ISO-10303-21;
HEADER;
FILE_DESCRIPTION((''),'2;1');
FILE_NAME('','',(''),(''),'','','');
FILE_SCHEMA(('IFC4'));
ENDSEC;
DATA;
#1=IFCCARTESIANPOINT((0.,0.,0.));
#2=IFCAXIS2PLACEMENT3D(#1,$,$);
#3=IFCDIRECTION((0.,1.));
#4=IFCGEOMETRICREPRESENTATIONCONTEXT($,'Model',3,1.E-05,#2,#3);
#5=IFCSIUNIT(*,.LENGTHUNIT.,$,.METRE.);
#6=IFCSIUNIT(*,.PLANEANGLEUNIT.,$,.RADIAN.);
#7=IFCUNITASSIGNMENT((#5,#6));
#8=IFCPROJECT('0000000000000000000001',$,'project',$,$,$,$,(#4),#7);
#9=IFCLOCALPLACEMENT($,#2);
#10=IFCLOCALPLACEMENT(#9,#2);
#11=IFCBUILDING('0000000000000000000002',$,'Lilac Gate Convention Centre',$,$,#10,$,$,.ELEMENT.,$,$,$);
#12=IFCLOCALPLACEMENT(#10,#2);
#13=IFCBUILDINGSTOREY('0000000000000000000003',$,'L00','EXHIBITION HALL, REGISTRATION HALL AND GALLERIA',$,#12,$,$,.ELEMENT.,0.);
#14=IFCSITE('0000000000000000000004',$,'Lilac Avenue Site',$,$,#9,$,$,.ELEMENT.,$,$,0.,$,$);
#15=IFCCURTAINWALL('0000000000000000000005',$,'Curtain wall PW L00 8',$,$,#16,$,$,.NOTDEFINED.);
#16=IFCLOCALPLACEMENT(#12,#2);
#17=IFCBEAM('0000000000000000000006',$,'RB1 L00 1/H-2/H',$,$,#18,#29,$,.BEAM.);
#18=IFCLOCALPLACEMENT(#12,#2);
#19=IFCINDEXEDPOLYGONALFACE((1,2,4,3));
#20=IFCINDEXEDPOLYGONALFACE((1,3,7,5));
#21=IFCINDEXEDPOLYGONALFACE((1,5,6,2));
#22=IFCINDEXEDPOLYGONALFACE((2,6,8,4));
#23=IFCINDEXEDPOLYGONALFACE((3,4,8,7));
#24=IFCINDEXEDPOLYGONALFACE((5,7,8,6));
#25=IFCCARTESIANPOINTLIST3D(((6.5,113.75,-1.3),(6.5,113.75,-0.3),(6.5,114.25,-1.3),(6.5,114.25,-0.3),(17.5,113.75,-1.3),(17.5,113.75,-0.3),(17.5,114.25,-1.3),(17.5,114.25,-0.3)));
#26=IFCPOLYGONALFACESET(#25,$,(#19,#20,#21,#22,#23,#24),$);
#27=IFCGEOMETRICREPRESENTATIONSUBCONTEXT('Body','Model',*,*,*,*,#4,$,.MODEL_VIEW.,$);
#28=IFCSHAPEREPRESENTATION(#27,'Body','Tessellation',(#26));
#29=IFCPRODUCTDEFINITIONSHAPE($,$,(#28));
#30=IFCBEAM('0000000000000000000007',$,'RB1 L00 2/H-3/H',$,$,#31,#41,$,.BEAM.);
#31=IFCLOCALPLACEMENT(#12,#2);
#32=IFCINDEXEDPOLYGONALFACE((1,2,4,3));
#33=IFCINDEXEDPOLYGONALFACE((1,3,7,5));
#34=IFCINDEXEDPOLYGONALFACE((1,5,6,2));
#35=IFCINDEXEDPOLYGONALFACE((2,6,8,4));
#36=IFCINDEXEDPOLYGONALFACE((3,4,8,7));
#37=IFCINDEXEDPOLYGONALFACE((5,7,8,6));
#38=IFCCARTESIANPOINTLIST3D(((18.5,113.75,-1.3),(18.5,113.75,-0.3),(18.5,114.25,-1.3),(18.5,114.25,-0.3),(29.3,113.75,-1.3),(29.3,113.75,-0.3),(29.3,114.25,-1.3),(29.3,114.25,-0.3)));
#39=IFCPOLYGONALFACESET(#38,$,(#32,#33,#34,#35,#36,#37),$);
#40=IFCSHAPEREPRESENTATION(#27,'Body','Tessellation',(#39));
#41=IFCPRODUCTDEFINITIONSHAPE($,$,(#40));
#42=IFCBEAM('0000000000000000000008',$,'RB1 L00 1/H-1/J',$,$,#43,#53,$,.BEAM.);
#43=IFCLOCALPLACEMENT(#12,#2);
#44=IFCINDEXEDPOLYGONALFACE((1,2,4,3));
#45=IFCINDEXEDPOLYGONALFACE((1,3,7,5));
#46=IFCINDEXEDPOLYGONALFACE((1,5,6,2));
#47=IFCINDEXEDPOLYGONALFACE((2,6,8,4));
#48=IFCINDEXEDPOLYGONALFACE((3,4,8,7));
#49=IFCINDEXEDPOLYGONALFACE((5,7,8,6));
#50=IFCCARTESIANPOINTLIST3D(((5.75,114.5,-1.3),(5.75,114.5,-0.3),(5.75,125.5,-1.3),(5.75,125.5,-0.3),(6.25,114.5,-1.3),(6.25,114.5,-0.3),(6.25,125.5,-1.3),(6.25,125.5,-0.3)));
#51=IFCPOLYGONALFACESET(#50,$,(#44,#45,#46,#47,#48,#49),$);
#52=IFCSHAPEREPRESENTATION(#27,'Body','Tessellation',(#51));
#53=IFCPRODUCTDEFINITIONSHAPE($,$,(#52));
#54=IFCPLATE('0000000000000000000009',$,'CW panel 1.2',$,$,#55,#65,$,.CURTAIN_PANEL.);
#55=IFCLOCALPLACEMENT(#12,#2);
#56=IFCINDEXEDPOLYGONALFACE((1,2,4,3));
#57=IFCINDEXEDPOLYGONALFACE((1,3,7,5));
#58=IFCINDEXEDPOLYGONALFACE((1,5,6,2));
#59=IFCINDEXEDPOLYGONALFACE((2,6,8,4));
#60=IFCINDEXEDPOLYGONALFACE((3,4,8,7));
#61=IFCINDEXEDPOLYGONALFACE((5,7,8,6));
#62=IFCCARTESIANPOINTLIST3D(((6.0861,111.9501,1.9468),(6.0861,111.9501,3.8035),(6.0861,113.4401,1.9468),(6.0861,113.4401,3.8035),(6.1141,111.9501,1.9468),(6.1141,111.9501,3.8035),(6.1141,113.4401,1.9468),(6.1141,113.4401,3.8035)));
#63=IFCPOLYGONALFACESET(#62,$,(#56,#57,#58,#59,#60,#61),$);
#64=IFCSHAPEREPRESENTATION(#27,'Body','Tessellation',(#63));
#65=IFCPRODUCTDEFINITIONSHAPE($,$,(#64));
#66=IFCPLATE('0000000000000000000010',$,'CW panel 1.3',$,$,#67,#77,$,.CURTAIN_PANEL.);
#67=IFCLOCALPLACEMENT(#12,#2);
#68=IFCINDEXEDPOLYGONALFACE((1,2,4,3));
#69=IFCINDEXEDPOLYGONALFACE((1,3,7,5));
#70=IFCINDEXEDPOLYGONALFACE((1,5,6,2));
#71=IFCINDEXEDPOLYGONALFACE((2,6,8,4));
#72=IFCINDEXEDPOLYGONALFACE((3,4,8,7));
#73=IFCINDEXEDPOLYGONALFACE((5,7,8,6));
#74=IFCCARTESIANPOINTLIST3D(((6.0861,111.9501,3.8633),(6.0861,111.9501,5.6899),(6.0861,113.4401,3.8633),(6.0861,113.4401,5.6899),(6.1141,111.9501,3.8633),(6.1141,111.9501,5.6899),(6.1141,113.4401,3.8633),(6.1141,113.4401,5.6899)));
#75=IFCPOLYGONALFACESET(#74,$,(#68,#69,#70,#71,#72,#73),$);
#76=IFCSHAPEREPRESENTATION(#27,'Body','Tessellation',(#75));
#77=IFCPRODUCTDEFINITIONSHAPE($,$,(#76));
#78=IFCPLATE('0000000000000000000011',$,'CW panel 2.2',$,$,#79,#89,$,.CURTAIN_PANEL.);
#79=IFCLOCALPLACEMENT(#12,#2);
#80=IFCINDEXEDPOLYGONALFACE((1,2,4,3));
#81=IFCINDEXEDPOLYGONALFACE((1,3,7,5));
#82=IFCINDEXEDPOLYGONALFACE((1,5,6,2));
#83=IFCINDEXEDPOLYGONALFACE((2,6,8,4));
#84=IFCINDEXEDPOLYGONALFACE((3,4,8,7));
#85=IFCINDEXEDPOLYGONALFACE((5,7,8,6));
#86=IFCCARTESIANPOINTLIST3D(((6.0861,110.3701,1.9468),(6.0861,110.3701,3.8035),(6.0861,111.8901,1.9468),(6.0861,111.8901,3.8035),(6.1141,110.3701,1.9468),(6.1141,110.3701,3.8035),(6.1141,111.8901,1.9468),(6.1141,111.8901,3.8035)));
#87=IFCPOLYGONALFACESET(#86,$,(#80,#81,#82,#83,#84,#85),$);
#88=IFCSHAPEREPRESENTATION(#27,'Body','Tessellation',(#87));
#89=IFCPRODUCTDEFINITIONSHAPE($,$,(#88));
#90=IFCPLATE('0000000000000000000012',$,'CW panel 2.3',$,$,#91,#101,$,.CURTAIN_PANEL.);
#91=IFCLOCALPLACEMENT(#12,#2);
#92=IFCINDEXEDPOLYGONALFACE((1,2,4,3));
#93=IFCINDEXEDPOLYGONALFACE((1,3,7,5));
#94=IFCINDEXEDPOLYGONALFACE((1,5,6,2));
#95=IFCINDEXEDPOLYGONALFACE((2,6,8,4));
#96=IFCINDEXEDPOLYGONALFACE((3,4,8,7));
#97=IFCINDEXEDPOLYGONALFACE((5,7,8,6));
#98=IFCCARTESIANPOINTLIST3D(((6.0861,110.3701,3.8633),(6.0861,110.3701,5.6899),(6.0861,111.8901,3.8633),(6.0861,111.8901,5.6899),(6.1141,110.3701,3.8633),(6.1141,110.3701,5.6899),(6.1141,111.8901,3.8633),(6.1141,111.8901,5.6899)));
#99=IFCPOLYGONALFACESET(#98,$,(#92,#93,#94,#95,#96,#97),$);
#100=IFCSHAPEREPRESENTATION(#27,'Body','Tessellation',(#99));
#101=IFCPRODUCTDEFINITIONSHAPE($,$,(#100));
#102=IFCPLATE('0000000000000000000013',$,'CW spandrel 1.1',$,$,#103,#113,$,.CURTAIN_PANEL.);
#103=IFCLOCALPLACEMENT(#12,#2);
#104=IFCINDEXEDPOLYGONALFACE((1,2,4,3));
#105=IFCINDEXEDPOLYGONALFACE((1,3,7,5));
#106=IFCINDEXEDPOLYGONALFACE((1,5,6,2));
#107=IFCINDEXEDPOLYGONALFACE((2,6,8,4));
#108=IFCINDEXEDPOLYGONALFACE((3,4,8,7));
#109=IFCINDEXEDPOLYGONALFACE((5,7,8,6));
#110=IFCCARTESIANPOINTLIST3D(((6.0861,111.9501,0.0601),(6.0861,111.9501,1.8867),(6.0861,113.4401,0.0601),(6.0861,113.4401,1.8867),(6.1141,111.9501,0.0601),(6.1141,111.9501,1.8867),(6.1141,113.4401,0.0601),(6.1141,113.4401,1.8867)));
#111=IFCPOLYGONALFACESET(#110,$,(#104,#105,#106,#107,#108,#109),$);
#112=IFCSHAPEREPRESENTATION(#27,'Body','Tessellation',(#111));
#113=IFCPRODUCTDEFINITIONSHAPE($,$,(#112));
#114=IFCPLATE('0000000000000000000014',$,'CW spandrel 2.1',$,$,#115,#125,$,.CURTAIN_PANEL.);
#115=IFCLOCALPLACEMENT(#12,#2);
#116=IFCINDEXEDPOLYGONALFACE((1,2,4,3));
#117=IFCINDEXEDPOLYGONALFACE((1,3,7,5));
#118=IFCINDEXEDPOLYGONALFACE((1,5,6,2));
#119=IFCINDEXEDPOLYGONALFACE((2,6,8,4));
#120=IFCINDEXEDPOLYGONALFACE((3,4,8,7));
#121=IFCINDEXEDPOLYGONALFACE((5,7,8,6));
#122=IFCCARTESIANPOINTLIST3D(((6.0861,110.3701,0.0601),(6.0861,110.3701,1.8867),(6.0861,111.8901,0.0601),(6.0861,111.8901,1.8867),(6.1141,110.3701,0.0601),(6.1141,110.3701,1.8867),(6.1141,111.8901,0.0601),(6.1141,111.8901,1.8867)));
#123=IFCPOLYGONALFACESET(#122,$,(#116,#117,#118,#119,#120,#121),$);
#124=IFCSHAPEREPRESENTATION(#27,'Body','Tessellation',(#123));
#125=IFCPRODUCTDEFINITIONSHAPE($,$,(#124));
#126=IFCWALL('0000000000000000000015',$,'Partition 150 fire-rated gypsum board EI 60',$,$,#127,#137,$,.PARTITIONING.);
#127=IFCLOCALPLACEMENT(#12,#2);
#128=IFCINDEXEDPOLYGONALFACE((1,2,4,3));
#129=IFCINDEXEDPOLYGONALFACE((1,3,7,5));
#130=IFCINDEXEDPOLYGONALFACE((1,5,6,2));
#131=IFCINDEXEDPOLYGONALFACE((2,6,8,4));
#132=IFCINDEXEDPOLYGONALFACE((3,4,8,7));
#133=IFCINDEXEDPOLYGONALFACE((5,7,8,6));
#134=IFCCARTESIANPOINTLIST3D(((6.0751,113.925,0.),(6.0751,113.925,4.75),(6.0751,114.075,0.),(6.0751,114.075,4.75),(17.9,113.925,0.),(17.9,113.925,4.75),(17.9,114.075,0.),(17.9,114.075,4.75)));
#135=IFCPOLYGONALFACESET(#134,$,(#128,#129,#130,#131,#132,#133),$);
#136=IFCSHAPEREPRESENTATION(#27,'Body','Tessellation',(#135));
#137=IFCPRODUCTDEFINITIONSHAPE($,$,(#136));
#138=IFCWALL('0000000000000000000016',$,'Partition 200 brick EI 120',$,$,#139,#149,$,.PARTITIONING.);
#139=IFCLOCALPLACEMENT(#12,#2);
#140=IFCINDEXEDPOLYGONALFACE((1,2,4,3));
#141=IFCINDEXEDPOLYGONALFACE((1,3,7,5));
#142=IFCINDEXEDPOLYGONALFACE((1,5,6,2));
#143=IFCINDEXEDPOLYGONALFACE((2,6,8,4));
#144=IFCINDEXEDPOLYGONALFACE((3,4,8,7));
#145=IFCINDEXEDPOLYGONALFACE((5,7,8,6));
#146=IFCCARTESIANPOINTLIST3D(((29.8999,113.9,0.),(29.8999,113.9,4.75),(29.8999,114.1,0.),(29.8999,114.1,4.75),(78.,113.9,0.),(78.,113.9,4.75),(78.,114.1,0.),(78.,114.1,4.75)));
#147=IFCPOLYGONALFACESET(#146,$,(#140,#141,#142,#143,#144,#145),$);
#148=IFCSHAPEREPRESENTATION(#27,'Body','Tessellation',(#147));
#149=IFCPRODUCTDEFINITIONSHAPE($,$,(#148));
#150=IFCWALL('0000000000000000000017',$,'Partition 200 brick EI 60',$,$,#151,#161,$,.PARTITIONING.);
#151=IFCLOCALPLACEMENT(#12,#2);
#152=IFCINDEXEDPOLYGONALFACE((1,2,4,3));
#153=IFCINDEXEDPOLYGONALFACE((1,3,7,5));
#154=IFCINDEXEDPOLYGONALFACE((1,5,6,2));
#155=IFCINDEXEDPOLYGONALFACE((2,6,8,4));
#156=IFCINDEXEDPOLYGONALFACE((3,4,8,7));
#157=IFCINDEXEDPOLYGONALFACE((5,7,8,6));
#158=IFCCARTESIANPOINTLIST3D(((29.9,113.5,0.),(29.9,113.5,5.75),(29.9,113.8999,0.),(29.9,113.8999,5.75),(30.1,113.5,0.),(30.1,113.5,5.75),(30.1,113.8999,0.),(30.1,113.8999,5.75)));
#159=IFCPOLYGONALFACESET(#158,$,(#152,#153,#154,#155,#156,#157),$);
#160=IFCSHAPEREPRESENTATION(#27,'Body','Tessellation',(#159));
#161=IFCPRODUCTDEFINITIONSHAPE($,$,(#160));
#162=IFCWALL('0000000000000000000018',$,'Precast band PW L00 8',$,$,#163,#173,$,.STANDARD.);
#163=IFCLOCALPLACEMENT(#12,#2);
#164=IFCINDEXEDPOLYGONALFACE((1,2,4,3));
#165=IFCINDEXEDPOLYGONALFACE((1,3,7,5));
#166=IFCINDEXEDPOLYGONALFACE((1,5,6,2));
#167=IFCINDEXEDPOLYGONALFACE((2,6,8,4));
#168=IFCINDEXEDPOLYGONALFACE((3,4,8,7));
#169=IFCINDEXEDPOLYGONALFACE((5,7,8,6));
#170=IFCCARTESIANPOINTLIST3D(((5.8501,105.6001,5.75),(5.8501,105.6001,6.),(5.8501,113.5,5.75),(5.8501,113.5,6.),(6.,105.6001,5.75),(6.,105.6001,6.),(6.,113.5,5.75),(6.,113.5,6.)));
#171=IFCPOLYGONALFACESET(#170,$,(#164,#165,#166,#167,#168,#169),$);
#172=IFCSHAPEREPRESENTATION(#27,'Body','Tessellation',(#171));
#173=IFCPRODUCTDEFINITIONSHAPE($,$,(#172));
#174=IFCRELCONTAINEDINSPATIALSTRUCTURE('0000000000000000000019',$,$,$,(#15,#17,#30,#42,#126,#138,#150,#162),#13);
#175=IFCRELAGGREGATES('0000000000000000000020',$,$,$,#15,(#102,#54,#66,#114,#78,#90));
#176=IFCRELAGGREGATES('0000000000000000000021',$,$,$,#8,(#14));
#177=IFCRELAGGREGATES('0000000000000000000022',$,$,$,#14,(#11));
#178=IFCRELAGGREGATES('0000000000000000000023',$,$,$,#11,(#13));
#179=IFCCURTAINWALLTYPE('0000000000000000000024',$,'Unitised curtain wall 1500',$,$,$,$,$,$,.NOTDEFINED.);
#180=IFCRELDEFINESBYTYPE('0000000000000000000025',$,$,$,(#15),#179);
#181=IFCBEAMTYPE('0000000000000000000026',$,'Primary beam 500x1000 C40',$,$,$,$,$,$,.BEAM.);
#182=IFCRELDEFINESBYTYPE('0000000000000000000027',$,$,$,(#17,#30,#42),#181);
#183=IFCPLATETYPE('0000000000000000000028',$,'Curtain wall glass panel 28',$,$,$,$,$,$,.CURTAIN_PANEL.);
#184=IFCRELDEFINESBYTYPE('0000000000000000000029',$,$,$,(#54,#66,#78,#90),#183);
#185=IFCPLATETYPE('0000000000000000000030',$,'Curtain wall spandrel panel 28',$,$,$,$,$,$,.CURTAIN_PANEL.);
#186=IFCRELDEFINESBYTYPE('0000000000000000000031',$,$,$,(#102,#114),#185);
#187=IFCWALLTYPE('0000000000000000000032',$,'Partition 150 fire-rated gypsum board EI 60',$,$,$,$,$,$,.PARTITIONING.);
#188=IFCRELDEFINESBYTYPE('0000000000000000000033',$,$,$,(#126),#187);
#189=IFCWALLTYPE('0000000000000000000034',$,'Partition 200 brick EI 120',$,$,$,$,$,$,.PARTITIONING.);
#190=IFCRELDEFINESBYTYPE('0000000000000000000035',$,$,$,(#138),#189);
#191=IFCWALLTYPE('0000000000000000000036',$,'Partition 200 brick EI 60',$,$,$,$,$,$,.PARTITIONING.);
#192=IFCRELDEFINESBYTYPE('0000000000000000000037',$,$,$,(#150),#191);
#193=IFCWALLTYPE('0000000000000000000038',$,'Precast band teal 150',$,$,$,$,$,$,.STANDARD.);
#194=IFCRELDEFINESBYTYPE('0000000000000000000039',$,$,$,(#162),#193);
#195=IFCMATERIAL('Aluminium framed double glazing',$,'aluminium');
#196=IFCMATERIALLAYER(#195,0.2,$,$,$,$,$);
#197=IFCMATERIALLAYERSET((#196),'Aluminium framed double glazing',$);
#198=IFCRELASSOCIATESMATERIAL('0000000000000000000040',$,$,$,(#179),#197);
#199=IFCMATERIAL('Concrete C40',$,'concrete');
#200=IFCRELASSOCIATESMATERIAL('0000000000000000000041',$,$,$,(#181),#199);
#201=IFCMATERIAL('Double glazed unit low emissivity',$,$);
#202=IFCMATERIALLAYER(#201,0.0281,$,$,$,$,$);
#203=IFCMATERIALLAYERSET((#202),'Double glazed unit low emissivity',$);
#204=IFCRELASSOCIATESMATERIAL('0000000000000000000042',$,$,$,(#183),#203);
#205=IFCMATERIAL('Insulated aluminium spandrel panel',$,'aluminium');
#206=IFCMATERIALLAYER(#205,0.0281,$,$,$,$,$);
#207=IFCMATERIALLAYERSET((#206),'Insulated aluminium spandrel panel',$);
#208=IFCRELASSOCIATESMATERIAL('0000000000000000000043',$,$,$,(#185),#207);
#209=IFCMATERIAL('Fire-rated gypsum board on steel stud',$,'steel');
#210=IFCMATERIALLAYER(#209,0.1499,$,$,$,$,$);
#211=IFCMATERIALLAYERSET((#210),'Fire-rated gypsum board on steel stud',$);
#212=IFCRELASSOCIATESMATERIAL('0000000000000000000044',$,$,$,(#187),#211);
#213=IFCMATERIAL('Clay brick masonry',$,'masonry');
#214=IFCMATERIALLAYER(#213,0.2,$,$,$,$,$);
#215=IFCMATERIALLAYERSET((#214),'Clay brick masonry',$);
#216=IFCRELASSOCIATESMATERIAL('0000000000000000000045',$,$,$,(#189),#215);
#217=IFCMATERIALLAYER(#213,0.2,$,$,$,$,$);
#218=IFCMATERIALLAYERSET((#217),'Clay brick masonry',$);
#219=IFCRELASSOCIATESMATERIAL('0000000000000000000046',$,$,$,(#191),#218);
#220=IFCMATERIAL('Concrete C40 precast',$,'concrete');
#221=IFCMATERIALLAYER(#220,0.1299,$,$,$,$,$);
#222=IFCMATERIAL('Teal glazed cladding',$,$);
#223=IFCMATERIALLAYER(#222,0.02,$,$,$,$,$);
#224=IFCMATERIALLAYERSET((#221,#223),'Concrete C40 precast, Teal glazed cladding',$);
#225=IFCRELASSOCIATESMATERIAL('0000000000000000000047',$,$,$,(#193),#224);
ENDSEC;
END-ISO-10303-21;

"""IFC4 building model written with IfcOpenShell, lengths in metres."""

from ifc_helpers import new_model, si_unit, direction, frame, frame_2d, origin, origin_2d, place, context, subcontext, project, spatial, rectangle, extrude, material, layer, layer_set, material_profile, profile_set, type_object, element, aggregate, save


model = new_model("IFC4")

# Units and contexts
model_context = context("Model", 3, precision=1e-05, world=origin(), true_north=direction((0.0, 1.0)))
body_context = subcontext(model_context, "Body", "Model", "MODEL_VIEW")
ifc_project = project(units=[si_unit("LENGTHUNIT", "METRE"), si_unit("PLANEANGLEUNIT", "RADIAN")], contexts=[model_context])

# Site, building, storey
site_placement = place(None, origin())
site = spatial("IfcSite", under=ifc_project, at=site_placement, Name="Lilac Avenue Site", CompositionType="ELEMENT", RefElevation=0.0)
building_placement = place(site_placement, origin())
building = spatial("IfcBuilding", under=site, at=building_placement, Name="Lilac Gate Convention Centre", CompositionType="ELEMENT")
storey_placement = place(building_placement, origin())
storey = spatial("IfcBuildingStorey", under=building, at=storey_placement, Name="L00", Description="EXHIBITION HALL, REGISTRATION HALL AND GALLERIA", CompositionType="ELEMENT", Elevation=0.0)

# Shared definitions
ifc_material_1 = material(Name="Concrete C40", Category="concrete")

# Curtain wall
ifc_material_2 = material(Name="Aluminium framed double glazing", Category="aluminium")
ifc_layer_1 = layer(ifc_material_2, 0.2)
ifc_layer_set_1 = layer_set([ifc_layer_1], Name="Aluminium framed double glazing")
curtain_wall_type = type_object("IfcCurtainWallType", Name="Unitised curtain wall 1500", PredefinedType="NOTDEFINED", material=ifc_layer_set_1)
curtain_wall_placement = place(storey_placement, origin())
curtain_wall = element("IfcCurtainWall", 1, at=curtain_wall_placement, inside=storey, type_object=curtain_wall_type, Name="Curtain wall PW L00 8", PredefinedType="NOTDEFINED")

# Beams
ifc_material_profile_1 = material_profile(ifc_material_1, rectangle(XDim=0.5, YDim=1.0, at=origin_2d()), Name="RC 500x1000")
ifc_profile_set_1 = profile_set([ifc_material_profile_1], Name="Concrete C40")
beam_type = type_object("IfcBeamType", Name="Primary beam 500x1000 C40", PredefinedType="BEAM", material=ifc_profile_set_1)
beam_1_placement = place(storey_placement, frame((6.5, 114.0, -0.8), z_axis=(1.0, 0.0, 0.0), x_axis=(0.0, 1.0, 0.0)))
element("IfcBeam", 2, at=beam_1_placement, inside=storey, type_object=beam_type, Name="RB1 L00 1/H-2/H", PredefinedType="BEAM", context=body_context, shape_type="SweptSolid", body=[
    extrude(rectangle(XDim=0.5, YDim=1.0, at=origin_2d()), origin(), (0.0, 0.0, 1.0), 11.0),
])
beam_2_placement = place(storey_placement, frame((18.5, 114.0, -0.8), z_axis=(1.0, 0.0, 0.0), x_axis=(0.0, 1.0, 0.0)))
element("IfcBeam", 3, at=beam_2_placement, inside=storey, type_object=beam_type, Name="RB1 L00 2/H-3/H", PredefinedType="BEAM", context=body_context, shape_type="SweptSolid", body=[
    extrude(rectangle(XDim=0.5, YDim=1.0, at=origin_2d()), origin(), (0.0, 0.0, 1.0), 10.8),
])
beam_3_placement = place(storey_placement, frame((6.0, 114.5, -0.8), z_axis=(0.0, 1.0, 0.0), x_axis=(-1.0, 0.0, 0.0)))
element("IfcBeam", 4, at=beam_3_placement, inside=storey, type_object=beam_type, Name="RB1 L00 1/H-1/J", PredefinedType="BEAM", context=body_context, shape_type="SweptSolid", body=[
    extrude(rectangle(XDim=0.5, YDim=1.0, at=origin_2d()), origin(), (0.0, 0.0, 1.0), 11.0),
])

# Plates
ifc_material_3 = material(Name="Double glazed unit low emissivity")
ifc_layer_2 = layer(ifc_material_3, 0.0281)
ifc_layer_set_2 = layer_set([ifc_layer_2], Name="Double glazed unit low emissivity")
plate_type_1 = type_object("IfcPlateType", Name="Curtain wall glass panel 28", PredefinedType="CURTAIN_PANEL", material=ifc_layer_set_2)
plate_1_placement = place(storey_placement, frame((6.1001, 112.6951, 1.9468), z_axis=(0.0, 0.0, 1.0), x_axis=(0.0, -1.0, 0.0)))
plate_1 = element("IfcPlate", 5, at=plate_1_placement, type_object=plate_type_1, Name="CW panel 1.2", PredefinedType="CURTAIN_PANEL", context=body_context, shape_type="SweptSolid", body=[
    extrude(rectangle(XDim=1.49, YDim=0.0281, at=origin_2d()), origin(), (0.0, 0.0, 1.0), 1.8567),
])
plate_2_placement = place(storey_placement, frame((6.1001, 112.6951, 3.8633), z_axis=(0.0, 0.0, 1.0), x_axis=(0.0, -1.0, 0.0)))
plate_2 = element("IfcPlate", 6, at=plate_2_placement, type_object=plate_type_1, Name="CW panel 1.3", PredefinedType="CURTAIN_PANEL", context=body_context, shape_type="SweptSolid", body=[
    extrude(rectangle(XDim=1.49, YDim=0.0281, at=origin_2d()), origin(), (0.0, 0.0, 1.0), 1.8267),
])
plate_3_placement = place(storey_placement, frame((6.1001, 111.1301, 1.9468), z_axis=(0.0, 0.0, 1.0), x_axis=(0.0, -1.0, 0.0)))
plate_3 = element("IfcPlate", 7, at=plate_3_placement, type_object=plate_type_1, Name="CW panel 2.2", PredefinedType="CURTAIN_PANEL", context=body_context, shape_type="SweptSolid", body=[
    extrude(rectangle(XDim=1.52, YDim=0.0281, at=origin_2d()), origin(), (0.0, 0.0, 1.0), 1.8567),
])
plate_4_placement = place(storey_placement, frame((6.1001, 111.1301, 3.8633), z_axis=(0.0, 0.0, 1.0), x_axis=(0.0, -1.0, 0.0)))
plate_4 = element("IfcPlate", 8, at=plate_4_placement, type_object=plate_type_1, Name="CW panel 2.3", PredefinedType="CURTAIN_PANEL", context=body_context, shape_type="SweptSolid", body=[
    extrude(rectangle(XDim=1.52, YDim=0.0281, at=origin_2d()), origin(), (0.0, 0.0, 1.0), 1.8267),
])
ifc_material_4 = material(Name="Insulated aluminium spandrel panel", Category="aluminium")
ifc_layer_3 = layer(ifc_material_4, 0.0281)
ifc_layer_set_3 = layer_set([ifc_layer_3], Name="Insulated aluminium spandrel panel")
plate_type_2 = type_object("IfcPlateType", Name="Curtain wall spandrel panel 28", PredefinedType="CURTAIN_PANEL", material=ifc_layer_set_3)
plate_5_placement = place(storey_placement, frame((6.1001, 112.6951, 0.0601), z_axis=(0.0, 0.0, 1.0), x_axis=(0.0, -1.0, 0.0)))
plate_5 = element("IfcPlate", 9, at=plate_5_placement, type_object=plate_type_2, Name="CW spandrel 1.1", PredefinedType="CURTAIN_PANEL", context=body_context, shape_type="SweptSolid", body=[
    extrude(rectangle(XDim=1.49, YDim=0.0281, at=origin_2d()), origin(), (0.0, 0.0, 1.0), 1.8267),
])
plate_6_placement = place(storey_placement, frame((6.1001, 111.1301, 0.0601), z_axis=(0.0, 0.0, 1.0), x_axis=(0.0, -1.0, 0.0)))
plate_6 = element("IfcPlate", 10, at=plate_6_placement, type_object=plate_type_2, Name="CW spandrel 2.1", PredefinedType="CURTAIN_PANEL", context=body_context, shape_type="SweptSolid", body=[
    extrude(rectangle(XDim=1.52, YDim=0.0281, at=origin_2d()), origin(), (0.0, 0.0, 1.0), 1.8267),
])
aggregate(curtain_wall, [plate_5, plate_1, plate_2, plate_6, plate_3, plate_4])

# Walls
ifc_material_5 = material(Name="Fire-rated gypsum board on steel stud", Category="steel")
ifc_layer_4 = layer(ifc_material_5, 0.1499)
ifc_layer_set_4 = layer_set([ifc_layer_4], Name="Fire-rated gypsum board on steel stud")
wall_type_1 = type_object("IfcWallType", Name="Partition 150 fire-rated gypsum board EI 60", PredefinedType="PARTITIONING", material=ifc_layer_set_4)
wall_1_placement = place(storey_placement, frame((6.075, 114.0, 0.0), z_axis=(0.0, 0.0, 1.0), x_axis=(1.0, 0.0, 0.0)))
element("IfcWall", 11, at=wall_1_placement, inside=storey, type_object=wall_type_1, Name="Partition 150 fire-rated gypsum board EI 60", PredefinedType="PARTITIONING", context=body_context, shape_type="SweptSolid", body=[
    extrude(rectangle(XDim=11.825, YDim=0.1499, at=frame_2d((5.9126, 0.0))), origin(), (0.0, 0.0, 1.0), 4.75),
])
ifc_material_6 = material(Name="Clay brick masonry", Category="masonry")
ifc_layer_5 = layer(ifc_material_6, 0.2)
ifc_layer_set_5 = layer_set([ifc_layer_5], Name="Clay brick masonry")
wall_type_2 = type_object("IfcWallType", Name="Partition 200 brick EI 120", PredefinedType="PARTITIONING", material=ifc_layer_set_5)
wall_2_placement = place(storey_placement, frame((29.8999, 114.0, 0.0), z_axis=(0.0, 0.0, 1.0), x_axis=(1.0, 0.0, 0.0)))
element("IfcWall", 12, at=wall_2_placement, inside=storey, type_object=wall_type_2, Name="Partition 200 brick EI 120", PredefinedType="PARTITIONING", context=body_context, shape_type="SweptSolid", body=[
    extrude(rectangle(XDim=48.1001, YDim=0.2, at=frame_2d((24.05, 0.0))), origin(), (0.0, 0.0, 1.0), 4.75),
])
ifc_layer_6 = layer(ifc_material_6, 0.2)
ifc_layer_set_6 = layer_set([ifc_layer_6], Name="Clay brick masonry")
wall_type_3 = type_object("IfcWallType", Name="Partition 200 brick EI 60", PredefinedType="PARTITIONING", material=ifc_layer_set_6)
wall_3_placement = place(storey_placement, frame((30.0, 113.5, 0.0), z_axis=(0.0, 0.0, 1.0), x_axis=(0.0, 1.0, 0.0)))
element("IfcWall", 13, at=wall_3_placement, inside=storey, type_object=wall_type_3, Name="Partition 200 brick EI 60", PredefinedType="PARTITIONING", context=body_context, shape_type="SweptSolid", body=[
    extrude(rectangle(XDim=0.3999, YDim=0.2, at=frame_2d((0.2, 0.0))), origin(), (0.0, 0.0, 1.0), 5.75),
])
ifc_material_7 = material(Name="Concrete C40 precast", Category="concrete")
ifc_layer_7 = layer(ifc_material_7, 0.1299)
ifc_material_8 = material(Name="Teal glazed cladding")
ifc_layer_8 = layer(ifc_material_8, 0.02)
ifc_layer_set_7 = layer_set([ifc_layer_7, ifc_layer_8], Name="Concrete C40 precast, Teal glazed cladding")
wall_type_4 = type_object("IfcWallType", Name="Precast band teal 150", PredefinedType="STANDARD", material=ifc_layer_set_7)
wall_4_placement = place(storey_placement, frame((5.925, 113.5, 5.75), z_axis=(0.0, 0.0, 1.0), x_axis=(0.0, -1.0, 0.0)))
element("IfcWall", 14, at=wall_4_placement, inside=storey, type_object=wall_type_4, Name="Precast band PW L00 8", PredefinedType="STANDARD", context=body_context, shape_type="SweptSolid", body=[
    extrude(rectangle(XDim=7.8999, YDim=0.1499, at=frame_2d((3.95, 0.0))), origin(), (0.0, 0.0, 1.0), 0.25),
])

save(model, "model.ifc")
